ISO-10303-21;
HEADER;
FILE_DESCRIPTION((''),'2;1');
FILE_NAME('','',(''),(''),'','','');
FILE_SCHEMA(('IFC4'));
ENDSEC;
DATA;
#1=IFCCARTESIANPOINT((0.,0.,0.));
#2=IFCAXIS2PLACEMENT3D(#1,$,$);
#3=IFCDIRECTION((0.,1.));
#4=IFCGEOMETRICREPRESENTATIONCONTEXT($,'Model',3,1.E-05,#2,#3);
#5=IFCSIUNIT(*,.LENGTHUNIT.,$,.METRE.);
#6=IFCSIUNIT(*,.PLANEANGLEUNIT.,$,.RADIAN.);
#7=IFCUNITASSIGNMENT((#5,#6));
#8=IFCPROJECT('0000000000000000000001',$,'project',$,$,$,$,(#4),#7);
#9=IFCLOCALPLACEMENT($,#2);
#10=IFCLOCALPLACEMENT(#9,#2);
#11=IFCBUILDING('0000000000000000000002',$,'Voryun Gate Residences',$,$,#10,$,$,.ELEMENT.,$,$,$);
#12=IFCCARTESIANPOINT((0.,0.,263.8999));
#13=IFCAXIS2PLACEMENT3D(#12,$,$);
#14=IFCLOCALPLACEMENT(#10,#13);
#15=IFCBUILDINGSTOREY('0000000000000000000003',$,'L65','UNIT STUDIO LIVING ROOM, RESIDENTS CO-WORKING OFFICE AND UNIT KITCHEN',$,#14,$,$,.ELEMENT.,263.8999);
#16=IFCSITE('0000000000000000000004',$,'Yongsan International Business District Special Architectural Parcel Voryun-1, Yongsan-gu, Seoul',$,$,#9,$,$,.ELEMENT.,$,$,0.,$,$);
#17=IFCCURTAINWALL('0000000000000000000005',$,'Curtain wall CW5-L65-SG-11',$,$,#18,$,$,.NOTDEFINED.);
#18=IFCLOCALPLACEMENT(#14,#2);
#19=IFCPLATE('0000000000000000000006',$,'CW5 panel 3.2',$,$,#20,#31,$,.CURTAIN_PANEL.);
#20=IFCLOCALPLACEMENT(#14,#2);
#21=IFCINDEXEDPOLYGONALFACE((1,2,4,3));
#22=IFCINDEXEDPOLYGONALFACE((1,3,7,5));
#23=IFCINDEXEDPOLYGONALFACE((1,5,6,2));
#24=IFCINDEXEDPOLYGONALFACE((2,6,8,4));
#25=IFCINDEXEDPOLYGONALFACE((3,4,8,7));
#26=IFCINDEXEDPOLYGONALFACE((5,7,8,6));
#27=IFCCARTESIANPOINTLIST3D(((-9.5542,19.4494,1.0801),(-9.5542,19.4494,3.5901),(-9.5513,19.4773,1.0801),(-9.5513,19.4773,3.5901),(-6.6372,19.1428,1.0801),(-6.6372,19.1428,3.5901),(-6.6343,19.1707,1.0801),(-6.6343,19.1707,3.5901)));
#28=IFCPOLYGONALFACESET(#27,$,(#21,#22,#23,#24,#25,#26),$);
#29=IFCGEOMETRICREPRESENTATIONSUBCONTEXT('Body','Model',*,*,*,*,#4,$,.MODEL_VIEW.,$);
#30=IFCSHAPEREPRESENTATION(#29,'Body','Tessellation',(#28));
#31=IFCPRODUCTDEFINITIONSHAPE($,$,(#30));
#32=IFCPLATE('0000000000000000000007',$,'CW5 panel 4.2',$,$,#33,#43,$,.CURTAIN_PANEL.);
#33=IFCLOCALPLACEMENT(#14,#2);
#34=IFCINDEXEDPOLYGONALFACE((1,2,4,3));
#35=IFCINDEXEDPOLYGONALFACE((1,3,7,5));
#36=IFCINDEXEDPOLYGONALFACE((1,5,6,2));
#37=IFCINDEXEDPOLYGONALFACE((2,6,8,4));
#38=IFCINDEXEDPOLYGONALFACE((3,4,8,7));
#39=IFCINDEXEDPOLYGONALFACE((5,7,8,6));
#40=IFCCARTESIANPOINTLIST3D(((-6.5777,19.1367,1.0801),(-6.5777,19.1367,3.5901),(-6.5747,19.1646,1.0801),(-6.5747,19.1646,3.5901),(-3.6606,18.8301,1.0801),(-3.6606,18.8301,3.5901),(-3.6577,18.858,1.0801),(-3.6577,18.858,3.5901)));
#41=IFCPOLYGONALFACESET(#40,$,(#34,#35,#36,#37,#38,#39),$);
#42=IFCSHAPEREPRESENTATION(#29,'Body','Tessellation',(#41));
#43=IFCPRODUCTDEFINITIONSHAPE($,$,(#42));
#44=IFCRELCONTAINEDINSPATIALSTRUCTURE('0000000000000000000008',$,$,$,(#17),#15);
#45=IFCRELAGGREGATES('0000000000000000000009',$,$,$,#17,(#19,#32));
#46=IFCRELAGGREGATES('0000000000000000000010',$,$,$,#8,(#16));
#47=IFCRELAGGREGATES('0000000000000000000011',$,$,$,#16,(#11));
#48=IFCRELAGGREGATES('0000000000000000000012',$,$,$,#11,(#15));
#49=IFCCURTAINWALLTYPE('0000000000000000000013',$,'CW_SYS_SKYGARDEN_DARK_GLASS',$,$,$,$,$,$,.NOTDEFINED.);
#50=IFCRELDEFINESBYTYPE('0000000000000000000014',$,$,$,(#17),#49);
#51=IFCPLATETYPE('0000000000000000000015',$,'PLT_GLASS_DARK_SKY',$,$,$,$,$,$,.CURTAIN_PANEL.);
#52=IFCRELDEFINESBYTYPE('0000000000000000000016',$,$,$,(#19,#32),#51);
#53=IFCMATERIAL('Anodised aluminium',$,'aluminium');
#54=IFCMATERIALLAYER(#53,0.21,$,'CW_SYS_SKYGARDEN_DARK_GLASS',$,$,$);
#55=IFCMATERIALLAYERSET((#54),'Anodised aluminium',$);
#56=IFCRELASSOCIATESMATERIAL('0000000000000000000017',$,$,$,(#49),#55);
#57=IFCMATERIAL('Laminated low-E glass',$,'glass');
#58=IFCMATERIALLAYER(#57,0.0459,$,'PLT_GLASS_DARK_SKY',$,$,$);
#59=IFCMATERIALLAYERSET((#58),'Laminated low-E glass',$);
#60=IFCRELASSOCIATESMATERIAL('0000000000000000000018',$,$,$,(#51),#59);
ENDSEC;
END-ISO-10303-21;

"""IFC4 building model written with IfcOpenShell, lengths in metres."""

from ifc_helpers import new_model, si_unit, direction, frame, origin, origin_2d, place, context, subcontext, project, spatial, rectangle, extrude, material, layer, layer_set, type_object, element, aggregate, save


model = new_model("IFC4")

# Units and contexts
model_context = context("Model", 3, precision=1e-05, world=origin(), true_north=direction((0.0, 1.0)))
body_context = subcontext(model_context, "Body", "Model", "MODEL_VIEW")
ifc_project = project(units=[si_unit("LENGTHUNIT", "METRE"), si_unit("PLANEANGLEUNIT", "RADIAN")], contexts=[model_context])

# Site, building, storey
site_placement = place(None, origin())
site = spatial("IfcSite", under=ifc_project, at=site_placement, Name="Yongsan International Business District Special Architectural Parcel Voryun-1, Yongsan-gu, Seoul", CompositionType="ELEMENT", RefElevation=0.0)
building_placement = place(site_placement, origin())
building = spatial("IfcBuilding", under=site, at=building_placement, Name="Voryun Gate Residences", CompositionType="ELEMENT")
storey_placement = place(building_placement, frame((0.0, 0.0, 263.8999)))
storey = spatial("IfcBuildingStorey", under=building, at=storey_placement, Name="L65", Description="UNIT STUDIO LIVING ROOM, RESIDENTS CO-WORKING OFFICE AND UNIT KITCHEN", CompositionType="ELEMENT", Elevation=263.8999)

# Curtain wall, plates
ifc_material_1 = material(Name="Anodised aluminium", Category="aluminium")
ifc_layer_1 = layer(ifc_material_1, 0.21, Name="CW_SYS_SKYGARDEN_DARK_GLASS")
ifc_layer_set_1 = layer_set([ifc_layer_1], Name="Anodised aluminium")
curtain_wall_type = type_object("IfcCurtainWallType", Name="CW_SYS_SKYGARDEN_DARK_GLASS", PredefinedType="NOTDEFINED", material=ifc_layer_set_1)
curtain_wall_placement = place(storey_placement, origin())
curtain_wall = element("IfcCurtainWall", 1, at=curtain_wall_placement, inside=storey, type_object=curtain_wall_type, Name="Curtain wall CW5-L65-SG-11", PredefinedType="NOTDEFINED")
ifc_material_2 = material(Name="Laminated low-E glass", Category="glass")
ifc_layer_2 = layer(ifc_material_2, 0.0459, Name="PLT_GLASS_DARK_SKY")
ifc_layer_set_2 = layer_set([ifc_layer_2], Name="Laminated low-E glass")
plate_type = type_object("IfcPlateType", Name="PLT_GLASS_DARK_SKY", PredefinedType="CURTAIN_PANEL", material=ifc_layer_set_2)
plate_1_placement = place(storey_placement, frame((-8.0942, 19.3101, 1.0801), z_axis=(0.0, 0.0, 1.0), x_axis=(0.994521, -0.104532, 0.0)))
plate_1 = element("IfcPlate", 2, at=plate_1_placement, type_object=plate_type, Name="CW5 panel 3.2", PredefinedType="CURTAIN_PANEL", context=body_context, shape_type="SweptSolid", body=[
    extrude(rectangle(XDim=2.9331, YDim=0.0281, at=origin_2d()), origin(), (0.0, 0.0, 1.0), 2.51),
])
plate_2_placement = place(storey_placement, frame((-5.1177, 18.9973, 1.0801), z_axis=(0.0, 0.0, 1.0), x_axis=(0.994521, -0.104532, 0.0)))
plate_2 = element("IfcPlate", 3, at=plate_2_placement, type_object=plate_type, Name="CW5 panel 4.2", PredefinedType="CURTAIN_PANEL", context=body_context, shape_type="SweptSolid", body=[
    extrude(rectangle(XDim=2.9331, YDim=0.0281, at=origin_2d()), origin(), (0.0, 0.0, 1.0), 2.51),
])
aggregate(curtain_wall, [plate_1, plate_2])

save(model, "model.ifc")
